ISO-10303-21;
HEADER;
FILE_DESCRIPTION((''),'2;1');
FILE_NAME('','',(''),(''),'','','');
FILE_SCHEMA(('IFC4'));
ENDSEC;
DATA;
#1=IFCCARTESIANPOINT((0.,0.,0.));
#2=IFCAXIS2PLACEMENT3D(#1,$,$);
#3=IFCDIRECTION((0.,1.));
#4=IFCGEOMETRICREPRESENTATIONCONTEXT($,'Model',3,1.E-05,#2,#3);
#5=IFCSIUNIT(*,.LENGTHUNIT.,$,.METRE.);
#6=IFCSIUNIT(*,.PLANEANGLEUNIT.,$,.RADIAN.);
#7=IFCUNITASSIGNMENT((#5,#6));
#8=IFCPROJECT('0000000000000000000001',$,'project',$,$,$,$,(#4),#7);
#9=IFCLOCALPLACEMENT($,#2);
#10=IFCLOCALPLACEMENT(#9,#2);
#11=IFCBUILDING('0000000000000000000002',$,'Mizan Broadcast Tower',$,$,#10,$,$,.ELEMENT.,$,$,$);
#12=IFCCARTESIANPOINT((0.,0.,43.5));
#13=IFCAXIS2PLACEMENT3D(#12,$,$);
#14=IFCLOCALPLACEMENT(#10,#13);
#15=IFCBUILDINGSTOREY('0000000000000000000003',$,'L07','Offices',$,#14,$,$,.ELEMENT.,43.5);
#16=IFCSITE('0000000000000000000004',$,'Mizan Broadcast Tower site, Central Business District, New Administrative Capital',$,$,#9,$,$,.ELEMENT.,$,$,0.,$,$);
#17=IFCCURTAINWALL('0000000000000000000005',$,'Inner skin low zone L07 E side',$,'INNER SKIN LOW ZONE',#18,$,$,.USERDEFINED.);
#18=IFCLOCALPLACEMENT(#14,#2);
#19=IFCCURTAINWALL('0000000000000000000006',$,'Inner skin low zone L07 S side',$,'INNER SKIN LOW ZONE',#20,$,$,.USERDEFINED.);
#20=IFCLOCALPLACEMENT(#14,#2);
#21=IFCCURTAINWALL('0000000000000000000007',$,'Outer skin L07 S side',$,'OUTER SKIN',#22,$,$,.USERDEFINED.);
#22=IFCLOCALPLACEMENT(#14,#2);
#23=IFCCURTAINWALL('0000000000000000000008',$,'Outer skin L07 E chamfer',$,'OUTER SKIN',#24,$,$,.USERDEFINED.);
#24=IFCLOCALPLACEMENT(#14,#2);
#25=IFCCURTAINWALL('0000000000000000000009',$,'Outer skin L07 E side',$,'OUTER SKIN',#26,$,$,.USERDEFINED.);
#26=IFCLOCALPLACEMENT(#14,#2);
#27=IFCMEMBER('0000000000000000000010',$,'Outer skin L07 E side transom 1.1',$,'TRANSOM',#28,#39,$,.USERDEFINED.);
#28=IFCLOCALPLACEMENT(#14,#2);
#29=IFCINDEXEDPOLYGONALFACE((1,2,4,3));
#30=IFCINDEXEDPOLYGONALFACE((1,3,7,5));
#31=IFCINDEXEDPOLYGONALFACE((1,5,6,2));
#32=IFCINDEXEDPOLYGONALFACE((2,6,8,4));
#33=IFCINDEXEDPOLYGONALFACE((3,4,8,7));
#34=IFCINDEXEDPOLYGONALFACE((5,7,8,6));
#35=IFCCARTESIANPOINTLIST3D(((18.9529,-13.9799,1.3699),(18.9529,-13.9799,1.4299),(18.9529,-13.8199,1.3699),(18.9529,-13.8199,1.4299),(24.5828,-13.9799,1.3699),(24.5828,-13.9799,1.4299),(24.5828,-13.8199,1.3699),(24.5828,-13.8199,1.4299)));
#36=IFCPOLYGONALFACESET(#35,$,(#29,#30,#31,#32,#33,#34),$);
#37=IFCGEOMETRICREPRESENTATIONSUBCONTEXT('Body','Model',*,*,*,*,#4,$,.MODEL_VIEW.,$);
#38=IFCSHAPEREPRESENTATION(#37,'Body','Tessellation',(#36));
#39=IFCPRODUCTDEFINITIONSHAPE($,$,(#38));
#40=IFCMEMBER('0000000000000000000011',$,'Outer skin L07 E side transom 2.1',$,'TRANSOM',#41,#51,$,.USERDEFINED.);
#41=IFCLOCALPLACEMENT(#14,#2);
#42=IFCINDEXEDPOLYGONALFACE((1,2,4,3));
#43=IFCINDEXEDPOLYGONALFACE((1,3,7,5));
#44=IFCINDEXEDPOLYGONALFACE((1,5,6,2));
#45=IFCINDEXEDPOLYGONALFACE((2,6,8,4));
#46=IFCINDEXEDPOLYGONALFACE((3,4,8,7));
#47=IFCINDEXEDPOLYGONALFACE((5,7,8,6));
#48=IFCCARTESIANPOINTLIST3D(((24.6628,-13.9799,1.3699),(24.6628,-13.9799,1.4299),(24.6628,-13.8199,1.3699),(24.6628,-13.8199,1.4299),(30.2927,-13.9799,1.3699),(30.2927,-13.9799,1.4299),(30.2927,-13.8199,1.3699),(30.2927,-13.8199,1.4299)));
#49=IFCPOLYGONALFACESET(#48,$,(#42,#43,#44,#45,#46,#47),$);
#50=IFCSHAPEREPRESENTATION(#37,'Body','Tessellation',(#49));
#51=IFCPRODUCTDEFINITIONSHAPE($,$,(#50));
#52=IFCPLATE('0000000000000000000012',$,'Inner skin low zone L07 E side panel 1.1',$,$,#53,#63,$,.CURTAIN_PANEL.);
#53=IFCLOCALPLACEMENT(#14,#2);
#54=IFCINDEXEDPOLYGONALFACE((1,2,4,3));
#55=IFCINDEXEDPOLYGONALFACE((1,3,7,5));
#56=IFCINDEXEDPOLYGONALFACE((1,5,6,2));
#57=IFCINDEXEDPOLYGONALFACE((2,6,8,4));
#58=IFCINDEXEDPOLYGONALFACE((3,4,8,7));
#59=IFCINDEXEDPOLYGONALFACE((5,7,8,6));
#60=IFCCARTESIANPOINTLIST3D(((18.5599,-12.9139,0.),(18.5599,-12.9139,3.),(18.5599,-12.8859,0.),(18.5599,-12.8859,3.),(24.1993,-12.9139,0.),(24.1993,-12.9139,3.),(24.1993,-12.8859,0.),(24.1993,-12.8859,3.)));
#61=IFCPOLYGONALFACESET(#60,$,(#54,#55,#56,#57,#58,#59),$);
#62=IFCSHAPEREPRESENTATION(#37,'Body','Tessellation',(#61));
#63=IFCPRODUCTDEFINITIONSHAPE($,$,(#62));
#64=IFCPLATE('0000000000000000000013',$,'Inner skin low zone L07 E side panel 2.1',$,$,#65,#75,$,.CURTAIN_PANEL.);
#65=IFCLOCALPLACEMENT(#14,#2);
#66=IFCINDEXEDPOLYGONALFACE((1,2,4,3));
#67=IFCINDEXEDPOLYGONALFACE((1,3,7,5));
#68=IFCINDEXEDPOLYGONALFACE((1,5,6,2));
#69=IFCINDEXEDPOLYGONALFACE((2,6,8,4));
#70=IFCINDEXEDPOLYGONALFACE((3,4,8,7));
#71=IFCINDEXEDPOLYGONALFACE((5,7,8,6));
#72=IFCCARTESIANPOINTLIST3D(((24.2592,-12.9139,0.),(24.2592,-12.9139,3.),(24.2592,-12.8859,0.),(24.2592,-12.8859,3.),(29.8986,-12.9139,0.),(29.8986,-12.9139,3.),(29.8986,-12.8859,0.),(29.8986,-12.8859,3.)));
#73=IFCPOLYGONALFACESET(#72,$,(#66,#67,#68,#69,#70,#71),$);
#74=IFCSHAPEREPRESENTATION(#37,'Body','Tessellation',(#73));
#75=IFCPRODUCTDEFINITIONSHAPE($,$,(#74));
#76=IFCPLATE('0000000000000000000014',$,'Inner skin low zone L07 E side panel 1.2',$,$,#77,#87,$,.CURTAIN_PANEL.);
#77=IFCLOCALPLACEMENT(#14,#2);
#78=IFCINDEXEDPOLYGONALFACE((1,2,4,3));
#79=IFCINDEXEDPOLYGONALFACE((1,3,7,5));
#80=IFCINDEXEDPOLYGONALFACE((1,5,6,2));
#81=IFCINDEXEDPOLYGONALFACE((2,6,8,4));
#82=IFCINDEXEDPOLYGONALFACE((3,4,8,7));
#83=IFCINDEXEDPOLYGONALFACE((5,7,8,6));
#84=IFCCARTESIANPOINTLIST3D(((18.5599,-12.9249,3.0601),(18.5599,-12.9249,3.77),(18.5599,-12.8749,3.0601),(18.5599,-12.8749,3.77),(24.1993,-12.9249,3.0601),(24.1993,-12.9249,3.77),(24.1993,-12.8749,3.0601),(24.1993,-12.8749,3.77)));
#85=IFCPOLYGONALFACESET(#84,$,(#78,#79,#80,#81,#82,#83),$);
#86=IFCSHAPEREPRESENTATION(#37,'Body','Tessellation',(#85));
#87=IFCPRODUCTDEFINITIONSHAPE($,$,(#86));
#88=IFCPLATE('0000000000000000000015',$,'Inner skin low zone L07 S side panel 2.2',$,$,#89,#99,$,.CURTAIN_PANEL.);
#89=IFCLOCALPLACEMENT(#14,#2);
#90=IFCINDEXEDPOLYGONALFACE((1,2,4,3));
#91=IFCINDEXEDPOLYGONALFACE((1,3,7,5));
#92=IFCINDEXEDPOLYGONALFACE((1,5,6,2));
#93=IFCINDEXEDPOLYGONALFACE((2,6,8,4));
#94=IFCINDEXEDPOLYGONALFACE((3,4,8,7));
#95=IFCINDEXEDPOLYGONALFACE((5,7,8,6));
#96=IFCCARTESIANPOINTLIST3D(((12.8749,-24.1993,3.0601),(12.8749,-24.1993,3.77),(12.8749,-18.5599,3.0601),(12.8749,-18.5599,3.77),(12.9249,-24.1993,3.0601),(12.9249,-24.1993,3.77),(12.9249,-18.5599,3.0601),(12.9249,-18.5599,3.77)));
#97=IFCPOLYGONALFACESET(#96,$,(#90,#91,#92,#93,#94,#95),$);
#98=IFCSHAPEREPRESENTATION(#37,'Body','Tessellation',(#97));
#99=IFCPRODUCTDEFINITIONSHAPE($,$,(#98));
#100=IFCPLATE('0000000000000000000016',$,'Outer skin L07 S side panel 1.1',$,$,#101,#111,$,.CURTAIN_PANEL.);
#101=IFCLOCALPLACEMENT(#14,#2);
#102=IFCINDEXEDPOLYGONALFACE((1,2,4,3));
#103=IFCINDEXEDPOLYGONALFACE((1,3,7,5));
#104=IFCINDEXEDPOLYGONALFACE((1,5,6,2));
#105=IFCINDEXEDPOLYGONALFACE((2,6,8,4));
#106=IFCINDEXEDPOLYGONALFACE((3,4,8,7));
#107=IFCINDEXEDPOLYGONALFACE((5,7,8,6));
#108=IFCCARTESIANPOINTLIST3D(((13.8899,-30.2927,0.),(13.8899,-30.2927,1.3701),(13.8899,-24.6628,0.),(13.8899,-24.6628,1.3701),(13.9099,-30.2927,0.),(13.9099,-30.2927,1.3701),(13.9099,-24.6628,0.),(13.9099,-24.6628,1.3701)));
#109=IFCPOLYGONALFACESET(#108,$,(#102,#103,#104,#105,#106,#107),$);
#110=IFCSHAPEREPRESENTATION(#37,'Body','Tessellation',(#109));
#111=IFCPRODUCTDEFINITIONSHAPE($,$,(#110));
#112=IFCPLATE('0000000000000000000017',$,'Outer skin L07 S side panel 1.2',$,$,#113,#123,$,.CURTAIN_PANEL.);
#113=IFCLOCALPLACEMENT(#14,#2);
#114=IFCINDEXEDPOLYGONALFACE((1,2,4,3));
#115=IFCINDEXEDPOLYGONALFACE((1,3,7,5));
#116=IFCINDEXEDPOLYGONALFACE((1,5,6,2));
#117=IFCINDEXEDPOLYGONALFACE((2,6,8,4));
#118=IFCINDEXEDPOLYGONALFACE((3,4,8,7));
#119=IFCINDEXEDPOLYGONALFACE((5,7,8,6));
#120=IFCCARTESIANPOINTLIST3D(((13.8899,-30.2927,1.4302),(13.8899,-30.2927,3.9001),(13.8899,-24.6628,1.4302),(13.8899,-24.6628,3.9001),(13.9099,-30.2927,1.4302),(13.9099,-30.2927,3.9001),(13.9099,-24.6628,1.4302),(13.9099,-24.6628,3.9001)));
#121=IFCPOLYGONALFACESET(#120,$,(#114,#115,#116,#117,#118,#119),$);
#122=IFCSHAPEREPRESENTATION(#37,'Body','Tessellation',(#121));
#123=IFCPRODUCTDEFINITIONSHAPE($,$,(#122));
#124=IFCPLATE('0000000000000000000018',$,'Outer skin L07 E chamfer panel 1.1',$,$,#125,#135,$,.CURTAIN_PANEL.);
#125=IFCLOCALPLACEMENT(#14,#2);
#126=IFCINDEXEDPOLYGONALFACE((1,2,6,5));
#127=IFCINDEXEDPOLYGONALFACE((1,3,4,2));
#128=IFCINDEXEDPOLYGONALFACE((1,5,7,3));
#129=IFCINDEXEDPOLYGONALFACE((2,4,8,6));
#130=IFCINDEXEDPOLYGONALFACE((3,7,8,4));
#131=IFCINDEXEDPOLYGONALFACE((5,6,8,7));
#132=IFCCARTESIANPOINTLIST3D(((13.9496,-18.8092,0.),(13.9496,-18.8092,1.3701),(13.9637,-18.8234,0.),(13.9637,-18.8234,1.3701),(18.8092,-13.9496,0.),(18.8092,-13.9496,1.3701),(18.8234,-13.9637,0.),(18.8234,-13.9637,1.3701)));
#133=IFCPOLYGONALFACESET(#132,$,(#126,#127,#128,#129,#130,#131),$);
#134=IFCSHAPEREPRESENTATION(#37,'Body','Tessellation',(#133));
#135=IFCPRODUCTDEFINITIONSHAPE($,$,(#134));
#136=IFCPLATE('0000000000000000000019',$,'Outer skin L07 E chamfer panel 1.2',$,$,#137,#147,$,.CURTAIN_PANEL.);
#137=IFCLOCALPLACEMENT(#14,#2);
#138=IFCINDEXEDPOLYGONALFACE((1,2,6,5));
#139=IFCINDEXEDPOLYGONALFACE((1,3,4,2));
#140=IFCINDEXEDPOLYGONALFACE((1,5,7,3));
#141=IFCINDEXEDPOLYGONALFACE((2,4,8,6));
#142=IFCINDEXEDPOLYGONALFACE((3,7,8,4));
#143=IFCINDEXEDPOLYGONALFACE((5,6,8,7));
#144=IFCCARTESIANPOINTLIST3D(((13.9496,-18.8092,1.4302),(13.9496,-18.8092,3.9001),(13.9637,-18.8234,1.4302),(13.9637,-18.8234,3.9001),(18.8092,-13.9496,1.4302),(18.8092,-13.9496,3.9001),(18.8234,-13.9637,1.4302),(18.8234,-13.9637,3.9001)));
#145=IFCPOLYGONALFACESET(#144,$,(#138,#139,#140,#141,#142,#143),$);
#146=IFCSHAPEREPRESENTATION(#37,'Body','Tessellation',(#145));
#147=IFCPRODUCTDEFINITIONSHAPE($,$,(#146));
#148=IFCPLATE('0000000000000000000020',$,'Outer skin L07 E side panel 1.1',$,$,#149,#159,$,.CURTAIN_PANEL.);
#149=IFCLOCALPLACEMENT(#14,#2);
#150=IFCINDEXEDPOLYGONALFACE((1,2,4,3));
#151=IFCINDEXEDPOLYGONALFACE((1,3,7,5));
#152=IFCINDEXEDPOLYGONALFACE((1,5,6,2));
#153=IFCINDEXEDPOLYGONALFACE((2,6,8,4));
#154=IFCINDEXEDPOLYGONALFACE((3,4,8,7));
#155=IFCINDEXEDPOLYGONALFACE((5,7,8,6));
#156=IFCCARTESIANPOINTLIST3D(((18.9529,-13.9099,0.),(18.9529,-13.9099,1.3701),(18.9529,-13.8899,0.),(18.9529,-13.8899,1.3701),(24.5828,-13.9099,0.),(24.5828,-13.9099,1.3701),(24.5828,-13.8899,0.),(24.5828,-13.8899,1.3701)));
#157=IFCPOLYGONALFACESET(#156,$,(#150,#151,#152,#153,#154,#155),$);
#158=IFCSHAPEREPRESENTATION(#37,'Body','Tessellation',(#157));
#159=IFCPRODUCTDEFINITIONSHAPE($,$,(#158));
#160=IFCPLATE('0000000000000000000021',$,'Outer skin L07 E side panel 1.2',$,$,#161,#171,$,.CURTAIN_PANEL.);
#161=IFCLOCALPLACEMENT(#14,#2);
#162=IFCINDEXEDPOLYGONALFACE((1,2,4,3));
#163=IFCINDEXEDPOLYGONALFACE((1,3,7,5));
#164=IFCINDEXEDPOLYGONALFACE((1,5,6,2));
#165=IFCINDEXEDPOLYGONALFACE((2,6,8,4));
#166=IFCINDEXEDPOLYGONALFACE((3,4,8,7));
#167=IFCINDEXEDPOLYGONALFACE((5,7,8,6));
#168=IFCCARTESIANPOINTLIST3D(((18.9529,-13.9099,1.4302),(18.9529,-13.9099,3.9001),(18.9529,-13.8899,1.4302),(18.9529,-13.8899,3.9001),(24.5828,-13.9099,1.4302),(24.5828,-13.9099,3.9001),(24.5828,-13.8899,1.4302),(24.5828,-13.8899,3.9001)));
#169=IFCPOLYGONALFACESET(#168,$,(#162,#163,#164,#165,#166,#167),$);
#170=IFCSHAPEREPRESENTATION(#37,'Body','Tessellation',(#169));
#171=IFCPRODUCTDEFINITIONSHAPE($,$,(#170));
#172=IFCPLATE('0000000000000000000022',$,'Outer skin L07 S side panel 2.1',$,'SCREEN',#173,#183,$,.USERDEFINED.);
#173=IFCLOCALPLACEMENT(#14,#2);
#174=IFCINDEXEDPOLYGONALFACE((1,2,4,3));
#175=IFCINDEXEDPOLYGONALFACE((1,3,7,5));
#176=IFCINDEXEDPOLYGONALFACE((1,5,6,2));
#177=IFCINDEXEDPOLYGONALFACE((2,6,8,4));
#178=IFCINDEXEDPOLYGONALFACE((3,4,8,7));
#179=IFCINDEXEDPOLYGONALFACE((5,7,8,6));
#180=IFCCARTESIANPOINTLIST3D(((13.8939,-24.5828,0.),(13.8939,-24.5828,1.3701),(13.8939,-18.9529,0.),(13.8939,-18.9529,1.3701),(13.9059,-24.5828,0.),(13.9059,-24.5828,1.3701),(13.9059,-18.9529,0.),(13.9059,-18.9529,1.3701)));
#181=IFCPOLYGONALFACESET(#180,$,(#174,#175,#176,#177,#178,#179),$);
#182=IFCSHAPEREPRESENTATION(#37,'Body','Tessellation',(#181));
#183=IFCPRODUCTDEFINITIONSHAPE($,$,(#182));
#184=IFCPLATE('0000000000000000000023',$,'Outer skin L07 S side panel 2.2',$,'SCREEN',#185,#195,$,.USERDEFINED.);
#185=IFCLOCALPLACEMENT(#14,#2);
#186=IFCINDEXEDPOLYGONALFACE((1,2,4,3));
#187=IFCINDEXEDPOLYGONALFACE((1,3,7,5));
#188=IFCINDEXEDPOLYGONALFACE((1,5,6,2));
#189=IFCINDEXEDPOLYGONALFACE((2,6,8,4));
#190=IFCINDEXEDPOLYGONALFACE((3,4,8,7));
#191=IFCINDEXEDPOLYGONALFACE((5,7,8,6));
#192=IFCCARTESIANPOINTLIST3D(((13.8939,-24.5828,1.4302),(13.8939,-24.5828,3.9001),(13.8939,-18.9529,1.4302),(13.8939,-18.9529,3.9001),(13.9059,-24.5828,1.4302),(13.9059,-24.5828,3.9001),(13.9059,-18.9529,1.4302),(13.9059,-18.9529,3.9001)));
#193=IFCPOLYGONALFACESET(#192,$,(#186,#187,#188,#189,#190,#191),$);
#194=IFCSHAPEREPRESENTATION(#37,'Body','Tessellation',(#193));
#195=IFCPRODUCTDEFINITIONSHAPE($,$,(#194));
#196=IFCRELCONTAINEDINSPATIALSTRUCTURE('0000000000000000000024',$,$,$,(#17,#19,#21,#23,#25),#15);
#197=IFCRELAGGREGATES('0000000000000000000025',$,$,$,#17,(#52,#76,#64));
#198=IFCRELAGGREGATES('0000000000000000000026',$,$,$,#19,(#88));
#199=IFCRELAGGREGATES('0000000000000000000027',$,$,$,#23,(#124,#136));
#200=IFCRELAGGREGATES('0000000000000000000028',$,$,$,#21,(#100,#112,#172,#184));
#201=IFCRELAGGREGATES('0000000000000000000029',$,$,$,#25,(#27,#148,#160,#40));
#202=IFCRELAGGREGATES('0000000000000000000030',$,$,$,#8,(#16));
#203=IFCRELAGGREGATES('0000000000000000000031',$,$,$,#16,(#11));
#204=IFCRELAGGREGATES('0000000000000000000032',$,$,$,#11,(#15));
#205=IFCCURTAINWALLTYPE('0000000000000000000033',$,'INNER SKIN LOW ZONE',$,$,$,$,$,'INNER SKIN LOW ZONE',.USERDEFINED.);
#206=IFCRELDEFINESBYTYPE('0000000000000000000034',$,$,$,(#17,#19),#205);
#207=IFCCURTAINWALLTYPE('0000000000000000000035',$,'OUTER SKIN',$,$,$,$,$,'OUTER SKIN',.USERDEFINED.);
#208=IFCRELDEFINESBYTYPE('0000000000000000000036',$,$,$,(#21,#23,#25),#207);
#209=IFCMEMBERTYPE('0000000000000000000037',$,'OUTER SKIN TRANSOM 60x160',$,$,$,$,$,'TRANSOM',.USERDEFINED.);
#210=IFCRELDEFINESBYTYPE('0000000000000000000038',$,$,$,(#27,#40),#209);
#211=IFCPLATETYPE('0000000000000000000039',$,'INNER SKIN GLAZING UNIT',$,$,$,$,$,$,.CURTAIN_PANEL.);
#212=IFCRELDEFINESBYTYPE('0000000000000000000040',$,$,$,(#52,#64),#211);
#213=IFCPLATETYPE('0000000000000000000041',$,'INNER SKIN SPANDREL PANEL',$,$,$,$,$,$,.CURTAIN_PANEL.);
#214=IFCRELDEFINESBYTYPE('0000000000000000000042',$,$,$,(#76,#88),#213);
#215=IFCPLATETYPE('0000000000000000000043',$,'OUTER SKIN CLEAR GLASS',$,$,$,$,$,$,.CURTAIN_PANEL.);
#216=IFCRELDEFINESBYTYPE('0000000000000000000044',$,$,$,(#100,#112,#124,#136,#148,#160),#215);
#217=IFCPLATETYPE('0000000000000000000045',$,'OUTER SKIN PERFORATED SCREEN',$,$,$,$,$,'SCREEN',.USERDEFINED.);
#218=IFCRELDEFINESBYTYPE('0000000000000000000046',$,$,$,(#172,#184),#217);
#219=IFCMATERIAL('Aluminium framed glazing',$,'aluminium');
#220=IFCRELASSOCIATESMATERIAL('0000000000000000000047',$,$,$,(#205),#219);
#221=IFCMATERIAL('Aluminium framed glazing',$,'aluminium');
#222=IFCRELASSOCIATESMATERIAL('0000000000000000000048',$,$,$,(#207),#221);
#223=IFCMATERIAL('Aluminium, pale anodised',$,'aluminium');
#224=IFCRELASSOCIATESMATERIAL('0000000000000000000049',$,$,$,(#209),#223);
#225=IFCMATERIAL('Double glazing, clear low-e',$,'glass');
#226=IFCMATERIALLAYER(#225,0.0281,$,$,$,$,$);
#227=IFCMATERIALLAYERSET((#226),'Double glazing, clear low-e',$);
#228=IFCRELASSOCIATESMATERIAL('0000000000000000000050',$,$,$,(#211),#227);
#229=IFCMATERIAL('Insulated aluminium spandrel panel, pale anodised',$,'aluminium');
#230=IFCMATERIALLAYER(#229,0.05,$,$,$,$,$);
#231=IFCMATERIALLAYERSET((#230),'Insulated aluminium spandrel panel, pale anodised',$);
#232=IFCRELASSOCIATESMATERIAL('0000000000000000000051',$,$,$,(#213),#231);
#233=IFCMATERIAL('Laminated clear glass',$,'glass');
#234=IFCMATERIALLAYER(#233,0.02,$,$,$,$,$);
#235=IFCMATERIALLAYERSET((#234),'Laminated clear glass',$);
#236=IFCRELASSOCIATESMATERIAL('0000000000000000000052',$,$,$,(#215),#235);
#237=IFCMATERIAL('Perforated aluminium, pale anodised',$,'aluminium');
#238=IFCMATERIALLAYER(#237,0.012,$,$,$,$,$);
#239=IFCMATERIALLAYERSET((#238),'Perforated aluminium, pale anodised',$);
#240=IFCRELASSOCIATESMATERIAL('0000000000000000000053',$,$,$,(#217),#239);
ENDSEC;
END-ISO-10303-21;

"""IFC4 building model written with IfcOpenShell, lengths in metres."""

from ifc_helpers import new_model, si_unit, direction, frame, origin, origin_2d, place, context, subcontext, project, spatial, rectangle, extrude, material, layer, layer_set, material_profile, profile_set, type_object, element, aggregate, save


model = new_model("IFC4")

# Units and contexts
model_context = context("Model", 3, precision=1e-05, world=origin(), true_north=direction((0.0, 1.0)))
body_context = subcontext(model_context, "Body", "Model", "MODEL_VIEW")
ifc_project = project(units=[si_unit("LENGTHUNIT", "METRE"), si_unit("PLANEANGLEUNIT", "RADIAN")], contexts=[model_context])

# Site, building, storey
site_placement = place(None, origin())
site = spatial("IfcSite", under=ifc_project, at=site_placement, Name="Mizan Broadcast Tower site, Central Business District, New Administrative Capital", CompositionType="ELEMENT", RefElevation=0.0)
building_placement = place(site_placement, origin())
building = spatial("IfcBuilding", under=site, at=building_placement, Name="Mizan Broadcast Tower", CompositionType="ELEMENT")
storey_placement = place(building_placement, frame((0.0, 0.0, 43.5)))
storey = spatial("IfcBuildingStorey", under=building, at=storey_placement, Name="L07", Description="Offices", CompositionType="ELEMENT", Elevation=43.5)

# Curtain walls
ifc_material_1 = material(Name="Aluminium framed glazing", Category="aluminium")
curtain_wall_type_1 = type_object("IfcCurtainWallType", Name="INNER SKIN LOW ZONE", ElementType="INNER SKIN LOW ZONE", PredefinedType="USERDEFINED", material=ifc_material_1)
curtain_wall_1_placement = place(storey_placement, origin())
curtain_wall_1 = element("IfcCurtainWall", 1, at=curtain_wall_1_placement, inside=storey, type_object=curtain_wall_type_1, Name="Inner skin low zone L07 E side", ObjectType="INNER SKIN LOW ZONE", PredefinedType="USERDEFINED")
curtain_wall_2_placement = place(storey_placement, origin())
curtain_wall_2 = element("IfcCurtainWall", 2, at=curtain_wall_2_placement, inside=storey, type_object=curtain_wall_type_1, Name="Inner skin low zone L07 S side", ObjectType="INNER SKIN LOW ZONE", PredefinedType="USERDEFINED")

# Shared definitions
ifc_material_2 = material(Name="Aluminium framed glazing", Category="aluminium")
curtain_wall_type_2 = type_object("IfcCurtainWallType", Name="OUTER SKIN", ElementType="OUTER SKIN", PredefinedType="USERDEFINED", material=ifc_material_2)

# Curtain wall
curtain_wall_3_placement = place(storey_placement, origin())
curtain_wall_3 = element("IfcCurtainWall", 3, at=curtain_wall_3_placement, inside=storey, type_object=curtain_wall_type_2, Name="Outer skin L07 S side", ObjectType="OUTER SKIN", PredefinedType="USERDEFINED")

# Curtain wall
curtain_wall_4_placement = place(storey_placement, origin())
curtain_wall_4 = element("IfcCurtainWall", 4, at=curtain_wall_4_placement, inside=storey, type_object=curtain_wall_type_2, Name="Outer skin L07 E chamfer", ObjectType="OUTER SKIN", PredefinedType="USERDEFINED")

# Curtain wall
curtain_wall_5_placement = place(storey_placement, origin())
curtain_wall_5 = element("IfcCurtainWall", 5, at=curtain_wall_5_placement, inside=storey, type_object=curtain_wall_type_2, Name="Outer skin L07 E side", ObjectType="OUTER SKIN", PredefinedType="USERDEFINED")

# Shared definitions
ifc_material_3 = material(Name="Aluminium, pale anodised", Category="aluminium")
ifc_material_profile_1 = material_profile(ifc_material_3, rectangle(XDim=0.1599, YDim=0.0601, at=origin_2d()), Name="TRANSOM 160x60")
ifc_profile_set_1 = profile_set([ifc_material_profile_1], Name="Aluminium, pale anodised")
member_type_1 = type_object("IfcMemberType", Name="OUTER SKIN TRANSOM 60x160", ElementType="TRANSOM", PredefinedType="USERDEFINED", material=ifc_profile_set_1)

# Members
member_1_placement = place(storey_placement, frame((18.9529, -13.8999, 1.3999), z_axis=(1.0, 0.0, 0.0), x_axis=(0.0, 1.0, 0.0)))
member_1 = element("IfcMember", 6, at=member_1_placement, type_object=member_type_1, Name="Outer skin L07 E side transom 1.1", ObjectType="TRANSOM", PredefinedType="USERDEFINED", context=body_context, shape_type="SweptSolid", body=[
    extrude(rectangle(XDim=0.1599, YDim=0.0601, at=origin_2d()), origin(), (0.0, 0.0, 1.0), 5.6299),
])
member_2_placement = place(storey_placement, frame((24.6628, -13.8999, 1.3999), z_axis=(1.0, 0.0, 0.0), x_axis=(0.0, 1.0, 0.0)))
member_2 = element("IfcMember", 7, at=member_2_placement, type_object=member_type_1, Name="Outer skin L07 E side transom 2.1", ObjectType="TRANSOM", PredefinedType="USERDEFINED", context=body_context, shape_type="SweptSolid", body=[
    extrude(rectangle(XDim=0.1599, YDim=0.0601, at=origin_2d()), origin(), (0.0, 0.0, 1.0), 5.6299),
])

# Plates
ifc_material_4 = material(Name="Double glazing, clear low-e", Category="glass")
ifc_layer_1 = layer(ifc_material_4, 0.0281)
ifc_layer_set_1 = layer_set([ifc_layer_1], Name="Double glazing, clear low-e")
plate_type_1 = type_object("IfcPlateType", Name="INNER SKIN GLAZING UNIT", PredefinedType="CURTAIN_PANEL", material=ifc_layer_set_1)
plate_1_placement = place(storey_placement, frame((21.3796, -12.8999, 0.0), z_axis=(0.0, 0.0, 1.0), x_axis=(1.0, 0.0, 0.0)))
plate_1 = element("IfcPlate", 8, at=plate_1_placement, type_object=plate_type_1, Name="Inner skin low zone L07 E side panel 1.1", PredefinedType="CURTAIN_PANEL", context=body_context, shape_type="SweptSolid", body=[
    extrude(rectangle(XDim=5.6394, YDim=0.0281, at=origin_2d()), origin(), (0.0, 0.0, 1.0), 3.0),
])
plate_2_placement = place(storey_placement, frame((27.0789, -12.8999, 0.0), z_axis=(0.0, 0.0, 1.0), x_axis=(1.0, 0.0, 0.0)))
plate_2 = element("IfcPlate", 9, at=plate_2_placement, type_object=plate_type_1, Name="Inner skin low zone L07 E side panel 2.1", PredefinedType="CURTAIN_PANEL", context=body_context, shape_type="SweptSolid", body=[
    extrude(rectangle(XDim=5.6394, YDim=0.0281, at=origin_2d()), origin(), (0.0, 0.0, 1.0), 3.0),
])
ifc_material_5 = material(Name="Insulated aluminium spandrel panel, pale anodised", Category="aluminium")
ifc_layer_2 = layer(ifc_material_5, 0.05)
ifc_layer_set_2 = layer_set([ifc_layer_2], Name="Insulated aluminium spandrel panel, pale anodised")
plate_type_2 = type_object("IfcPlateType", Name="INNER SKIN SPANDREL PANEL", PredefinedType="CURTAIN_PANEL", material=ifc_layer_set_2)
plate_3_placement = place(storey_placement, frame((21.3796, -12.8999, 3.0601), z_axis=(0.0, 0.0, 1.0), x_axis=(1.0, 0.0, 0.0)))
plate_3 = element("IfcPlate", 10, at=plate_3_placement, type_object=plate_type_2, Name="Inner skin low zone L07 E side panel 1.2", PredefinedType="CURTAIN_PANEL", context=body_context, shape_type="SweptSolid", body=[
    extrude(rectangle(XDim=5.6394, YDim=0.05, at=origin_2d()), origin(), (0.0, 0.0, 1.0), 0.71),
])
aggregate(curtain_wall_1, [plate_1, plate_3, plate_2])
plate_4_placement = place(storey_placement, frame((12.8999, -21.3796, 3.0601), z_axis=(0.0, 0.0, 1.0), x_axis=(0.0, 1.0, 0.0)))
plate_4 = element("IfcPlate", 11, at=plate_4_placement, type_object=plate_type_2, Name="Inner skin low zone L07 S side panel 2.2", PredefinedType="CURTAIN_PANEL", context=body_context, shape_type="SweptSolid", body=[
    extrude(rectangle(XDim=5.6394, YDim=0.05, at=origin_2d()), origin(), (0.0, 0.0, 1.0), 0.71),
])
aggregate(curtain_wall_2, [plate_4])
ifc_material_6 = material(Name="Laminated clear glass", Category="glass")
ifc_layer_3 = layer(ifc_material_6, 0.02)
ifc_layer_set_3 = layer_set([ifc_layer_3], Name="Laminated clear glass")
plate_type_3 = type_object("IfcPlateType", Name="OUTER SKIN CLEAR GLASS", PredefinedType="CURTAIN_PANEL", material=ifc_layer_set_3)
plate_5_placement = place(storey_placement, frame((13.8999, -27.4778, 0.0), z_axis=(0.0, 0.0, 1.0), x_axis=(0.0, 1.0, 0.0)))
plate_5 = element("IfcPlate", 12, at=plate_5_placement, type_object=plate_type_3, Name="Outer skin L07 S side panel 1.1", PredefinedType="CURTAIN_PANEL", context=body_context, shape_type="SweptSolid", body=[
    extrude(rectangle(XDim=5.6299, YDim=0.02, at=origin_2d()), origin(), (0.0, 0.0, 1.0), 1.3701),
])
plate_6_placement = place(storey_placement, frame((13.8999, -27.4778, 1.4302), z_axis=(0.0, 0.0, 1.0), x_axis=(0.0, 1.0, 0.0)))
plate_6 = element("IfcPlate", 13, at=plate_6_placement, type_object=plate_type_3, Name="Outer skin L07 S side panel 1.2", PredefinedType="CURTAIN_PANEL", context=body_context, shape_type="SweptSolid", body=[
    extrude(rectangle(XDim=5.6299, YDim=0.02, at=origin_2d()), origin(), (0.0, 0.0, 1.0), 2.47),
])
plate_7_placement = place(storey_placement, frame((16.3865, -16.3865, 0.0), z_axis=(0.0, 0.0, 1.0), x_axis=(0.707107, 0.707107, 0.0)))
plate_7 = element("IfcPlate", 14, at=plate_7_placement, type_object=plate_type_3, Name="Outer skin L07 E chamfer panel 1.1", PredefinedType="CURTAIN_PANEL", context=body_context, shape_type="SweptSolid", body=[
    extrude(rectangle(XDim=6.8726, YDim=0.02, at=origin_2d()), origin(), (0.0, 0.0, 1.0), 1.3701),
])
plate_8_placement = place(storey_placement, frame((16.3865, -16.3865, 1.4302), z_axis=(0.0, 0.0, 1.0), x_axis=(0.707107, 0.707107, 0.0)))
plate_8 = element("IfcPlate", 15, at=plate_8_placement, type_object=plate_type_3, Name="Outer skin L07 E chamfer panel 1.2", PredefinedType="CURTAIN_PANEL", context=body_context, shape_type="SweptSolid", body=[
    extrude(rectangle(XDim=6.8726, YDim=0.02, at=origin_2d()), origin(), (0.0, 0.0, 1.0), 2.47),
])
aggregate(curtain_wall_4, [plate_7, plate_8])
plate_9_placement = place(storey_placement, frame((21.7678, -13.8999, 0.0), z_axis=(0.0, 0.0, 1.0), x_axis=(1.0, 0.0, 0.0)))
plate_9 = element("IfcPlate", 16, at=plate_9_placement, type_object=plate_type_3, Name="Outer skin L07 E side panel 1.1", PredefinedType="CURTAIN_PANEL", context=body_context, shape_type="SweptSolid", body=[
    extrude(rectangle(XDim=5.6299, YDim=0.02, at=origin_2d()), origin(), (0.0, 0.0, 1.0), 1.3701),
])
plate_10_placement = place(storey_placement, frame((21.7678, -13.8999, 1.4302), z_axis=(0.0, 0.0, 1.0), x_axis=(1.0, 0.0, 0.0)))
plate_10 = element("IfcPlate", 17, at=plate_10_placement, type_object=plate_type_3, Name="Outer skin L07 E side panel 1.2", PredefinedType="CURTAIN_PANEL", context=body_context, shape_type="SweptSolid", body=[
    extrude(rectangle(XDim=5.6299, YDim=0.02, at=origin_2d()), origin(), (0.0, 0.0, 1.0), 2.47),
])
ifc_material_7 = material(Name="Perforated aluminium, pale anodised", Category="aluminium")
ifc_layer_4 = layer(ifc_material_7, 0.012)
ifc_layer_set_4 = layer_set([ifc_layer_4], Name="Perforated aluminium, pale anodised")
plate_type_4 = type_object("IfcPlateType", Name="OUTER SKIN PERFORATED SCREEN", ElementType="SCREEN", PredefinedType="USERDEFINED", material=ifc_layer_set_4)
plate_11_placement = place(storey_placement, frame((13.8999, -21.7678, 0.0), z_axis=(0.0, 0.0, 1.0), x_axis=(0.0, 1.0, 0.0)))
plate_11 = element("IfcPlate", 18, at=plate_11_placement, type_object=plate_type_4, Name="Outer skin L07 S side panel 2.1", ObjectType="SCREEN", PredefinedType="USERDEFINED", context=body_context, shape_type="SweptSolid", body=[
    extrude(rectangle(XDim=5.6299, YDim=0.012, at=origin_2d()), origin(), (0.0, 0.0, 1.0), 1.3701),
])
plate_12_placement = place(storey_placement, frame((13.8999, -21.7678, 1.4302), z_axis=(0.0, 0.0, 1.0), x_axis=(0.0, 1.0, 0.0)))
plate_12 = element("IfcPlate", 19, at=plate_12_placement, type_object=plate_type_4, Name="Outer skin L07 S side panel 2.2", ObjectType="SCREEN", PredefinedType="USERDEFINED", context=body_context, shape_type="SweptSolid", body=[
    extrude(rectangle(XDim=5.6299, YDim=0.012, at=origin_2d()), origin(), (0.0, 0.0, 1.0), 2.47),
])
aggregate(curtain_wall_3, [plate_5, plate_6, plate_11, plate_12])
aggregate(curtain_wall_5, [member_1, plate_9, plate_10, member_2])

save(model, "model.ifc")
